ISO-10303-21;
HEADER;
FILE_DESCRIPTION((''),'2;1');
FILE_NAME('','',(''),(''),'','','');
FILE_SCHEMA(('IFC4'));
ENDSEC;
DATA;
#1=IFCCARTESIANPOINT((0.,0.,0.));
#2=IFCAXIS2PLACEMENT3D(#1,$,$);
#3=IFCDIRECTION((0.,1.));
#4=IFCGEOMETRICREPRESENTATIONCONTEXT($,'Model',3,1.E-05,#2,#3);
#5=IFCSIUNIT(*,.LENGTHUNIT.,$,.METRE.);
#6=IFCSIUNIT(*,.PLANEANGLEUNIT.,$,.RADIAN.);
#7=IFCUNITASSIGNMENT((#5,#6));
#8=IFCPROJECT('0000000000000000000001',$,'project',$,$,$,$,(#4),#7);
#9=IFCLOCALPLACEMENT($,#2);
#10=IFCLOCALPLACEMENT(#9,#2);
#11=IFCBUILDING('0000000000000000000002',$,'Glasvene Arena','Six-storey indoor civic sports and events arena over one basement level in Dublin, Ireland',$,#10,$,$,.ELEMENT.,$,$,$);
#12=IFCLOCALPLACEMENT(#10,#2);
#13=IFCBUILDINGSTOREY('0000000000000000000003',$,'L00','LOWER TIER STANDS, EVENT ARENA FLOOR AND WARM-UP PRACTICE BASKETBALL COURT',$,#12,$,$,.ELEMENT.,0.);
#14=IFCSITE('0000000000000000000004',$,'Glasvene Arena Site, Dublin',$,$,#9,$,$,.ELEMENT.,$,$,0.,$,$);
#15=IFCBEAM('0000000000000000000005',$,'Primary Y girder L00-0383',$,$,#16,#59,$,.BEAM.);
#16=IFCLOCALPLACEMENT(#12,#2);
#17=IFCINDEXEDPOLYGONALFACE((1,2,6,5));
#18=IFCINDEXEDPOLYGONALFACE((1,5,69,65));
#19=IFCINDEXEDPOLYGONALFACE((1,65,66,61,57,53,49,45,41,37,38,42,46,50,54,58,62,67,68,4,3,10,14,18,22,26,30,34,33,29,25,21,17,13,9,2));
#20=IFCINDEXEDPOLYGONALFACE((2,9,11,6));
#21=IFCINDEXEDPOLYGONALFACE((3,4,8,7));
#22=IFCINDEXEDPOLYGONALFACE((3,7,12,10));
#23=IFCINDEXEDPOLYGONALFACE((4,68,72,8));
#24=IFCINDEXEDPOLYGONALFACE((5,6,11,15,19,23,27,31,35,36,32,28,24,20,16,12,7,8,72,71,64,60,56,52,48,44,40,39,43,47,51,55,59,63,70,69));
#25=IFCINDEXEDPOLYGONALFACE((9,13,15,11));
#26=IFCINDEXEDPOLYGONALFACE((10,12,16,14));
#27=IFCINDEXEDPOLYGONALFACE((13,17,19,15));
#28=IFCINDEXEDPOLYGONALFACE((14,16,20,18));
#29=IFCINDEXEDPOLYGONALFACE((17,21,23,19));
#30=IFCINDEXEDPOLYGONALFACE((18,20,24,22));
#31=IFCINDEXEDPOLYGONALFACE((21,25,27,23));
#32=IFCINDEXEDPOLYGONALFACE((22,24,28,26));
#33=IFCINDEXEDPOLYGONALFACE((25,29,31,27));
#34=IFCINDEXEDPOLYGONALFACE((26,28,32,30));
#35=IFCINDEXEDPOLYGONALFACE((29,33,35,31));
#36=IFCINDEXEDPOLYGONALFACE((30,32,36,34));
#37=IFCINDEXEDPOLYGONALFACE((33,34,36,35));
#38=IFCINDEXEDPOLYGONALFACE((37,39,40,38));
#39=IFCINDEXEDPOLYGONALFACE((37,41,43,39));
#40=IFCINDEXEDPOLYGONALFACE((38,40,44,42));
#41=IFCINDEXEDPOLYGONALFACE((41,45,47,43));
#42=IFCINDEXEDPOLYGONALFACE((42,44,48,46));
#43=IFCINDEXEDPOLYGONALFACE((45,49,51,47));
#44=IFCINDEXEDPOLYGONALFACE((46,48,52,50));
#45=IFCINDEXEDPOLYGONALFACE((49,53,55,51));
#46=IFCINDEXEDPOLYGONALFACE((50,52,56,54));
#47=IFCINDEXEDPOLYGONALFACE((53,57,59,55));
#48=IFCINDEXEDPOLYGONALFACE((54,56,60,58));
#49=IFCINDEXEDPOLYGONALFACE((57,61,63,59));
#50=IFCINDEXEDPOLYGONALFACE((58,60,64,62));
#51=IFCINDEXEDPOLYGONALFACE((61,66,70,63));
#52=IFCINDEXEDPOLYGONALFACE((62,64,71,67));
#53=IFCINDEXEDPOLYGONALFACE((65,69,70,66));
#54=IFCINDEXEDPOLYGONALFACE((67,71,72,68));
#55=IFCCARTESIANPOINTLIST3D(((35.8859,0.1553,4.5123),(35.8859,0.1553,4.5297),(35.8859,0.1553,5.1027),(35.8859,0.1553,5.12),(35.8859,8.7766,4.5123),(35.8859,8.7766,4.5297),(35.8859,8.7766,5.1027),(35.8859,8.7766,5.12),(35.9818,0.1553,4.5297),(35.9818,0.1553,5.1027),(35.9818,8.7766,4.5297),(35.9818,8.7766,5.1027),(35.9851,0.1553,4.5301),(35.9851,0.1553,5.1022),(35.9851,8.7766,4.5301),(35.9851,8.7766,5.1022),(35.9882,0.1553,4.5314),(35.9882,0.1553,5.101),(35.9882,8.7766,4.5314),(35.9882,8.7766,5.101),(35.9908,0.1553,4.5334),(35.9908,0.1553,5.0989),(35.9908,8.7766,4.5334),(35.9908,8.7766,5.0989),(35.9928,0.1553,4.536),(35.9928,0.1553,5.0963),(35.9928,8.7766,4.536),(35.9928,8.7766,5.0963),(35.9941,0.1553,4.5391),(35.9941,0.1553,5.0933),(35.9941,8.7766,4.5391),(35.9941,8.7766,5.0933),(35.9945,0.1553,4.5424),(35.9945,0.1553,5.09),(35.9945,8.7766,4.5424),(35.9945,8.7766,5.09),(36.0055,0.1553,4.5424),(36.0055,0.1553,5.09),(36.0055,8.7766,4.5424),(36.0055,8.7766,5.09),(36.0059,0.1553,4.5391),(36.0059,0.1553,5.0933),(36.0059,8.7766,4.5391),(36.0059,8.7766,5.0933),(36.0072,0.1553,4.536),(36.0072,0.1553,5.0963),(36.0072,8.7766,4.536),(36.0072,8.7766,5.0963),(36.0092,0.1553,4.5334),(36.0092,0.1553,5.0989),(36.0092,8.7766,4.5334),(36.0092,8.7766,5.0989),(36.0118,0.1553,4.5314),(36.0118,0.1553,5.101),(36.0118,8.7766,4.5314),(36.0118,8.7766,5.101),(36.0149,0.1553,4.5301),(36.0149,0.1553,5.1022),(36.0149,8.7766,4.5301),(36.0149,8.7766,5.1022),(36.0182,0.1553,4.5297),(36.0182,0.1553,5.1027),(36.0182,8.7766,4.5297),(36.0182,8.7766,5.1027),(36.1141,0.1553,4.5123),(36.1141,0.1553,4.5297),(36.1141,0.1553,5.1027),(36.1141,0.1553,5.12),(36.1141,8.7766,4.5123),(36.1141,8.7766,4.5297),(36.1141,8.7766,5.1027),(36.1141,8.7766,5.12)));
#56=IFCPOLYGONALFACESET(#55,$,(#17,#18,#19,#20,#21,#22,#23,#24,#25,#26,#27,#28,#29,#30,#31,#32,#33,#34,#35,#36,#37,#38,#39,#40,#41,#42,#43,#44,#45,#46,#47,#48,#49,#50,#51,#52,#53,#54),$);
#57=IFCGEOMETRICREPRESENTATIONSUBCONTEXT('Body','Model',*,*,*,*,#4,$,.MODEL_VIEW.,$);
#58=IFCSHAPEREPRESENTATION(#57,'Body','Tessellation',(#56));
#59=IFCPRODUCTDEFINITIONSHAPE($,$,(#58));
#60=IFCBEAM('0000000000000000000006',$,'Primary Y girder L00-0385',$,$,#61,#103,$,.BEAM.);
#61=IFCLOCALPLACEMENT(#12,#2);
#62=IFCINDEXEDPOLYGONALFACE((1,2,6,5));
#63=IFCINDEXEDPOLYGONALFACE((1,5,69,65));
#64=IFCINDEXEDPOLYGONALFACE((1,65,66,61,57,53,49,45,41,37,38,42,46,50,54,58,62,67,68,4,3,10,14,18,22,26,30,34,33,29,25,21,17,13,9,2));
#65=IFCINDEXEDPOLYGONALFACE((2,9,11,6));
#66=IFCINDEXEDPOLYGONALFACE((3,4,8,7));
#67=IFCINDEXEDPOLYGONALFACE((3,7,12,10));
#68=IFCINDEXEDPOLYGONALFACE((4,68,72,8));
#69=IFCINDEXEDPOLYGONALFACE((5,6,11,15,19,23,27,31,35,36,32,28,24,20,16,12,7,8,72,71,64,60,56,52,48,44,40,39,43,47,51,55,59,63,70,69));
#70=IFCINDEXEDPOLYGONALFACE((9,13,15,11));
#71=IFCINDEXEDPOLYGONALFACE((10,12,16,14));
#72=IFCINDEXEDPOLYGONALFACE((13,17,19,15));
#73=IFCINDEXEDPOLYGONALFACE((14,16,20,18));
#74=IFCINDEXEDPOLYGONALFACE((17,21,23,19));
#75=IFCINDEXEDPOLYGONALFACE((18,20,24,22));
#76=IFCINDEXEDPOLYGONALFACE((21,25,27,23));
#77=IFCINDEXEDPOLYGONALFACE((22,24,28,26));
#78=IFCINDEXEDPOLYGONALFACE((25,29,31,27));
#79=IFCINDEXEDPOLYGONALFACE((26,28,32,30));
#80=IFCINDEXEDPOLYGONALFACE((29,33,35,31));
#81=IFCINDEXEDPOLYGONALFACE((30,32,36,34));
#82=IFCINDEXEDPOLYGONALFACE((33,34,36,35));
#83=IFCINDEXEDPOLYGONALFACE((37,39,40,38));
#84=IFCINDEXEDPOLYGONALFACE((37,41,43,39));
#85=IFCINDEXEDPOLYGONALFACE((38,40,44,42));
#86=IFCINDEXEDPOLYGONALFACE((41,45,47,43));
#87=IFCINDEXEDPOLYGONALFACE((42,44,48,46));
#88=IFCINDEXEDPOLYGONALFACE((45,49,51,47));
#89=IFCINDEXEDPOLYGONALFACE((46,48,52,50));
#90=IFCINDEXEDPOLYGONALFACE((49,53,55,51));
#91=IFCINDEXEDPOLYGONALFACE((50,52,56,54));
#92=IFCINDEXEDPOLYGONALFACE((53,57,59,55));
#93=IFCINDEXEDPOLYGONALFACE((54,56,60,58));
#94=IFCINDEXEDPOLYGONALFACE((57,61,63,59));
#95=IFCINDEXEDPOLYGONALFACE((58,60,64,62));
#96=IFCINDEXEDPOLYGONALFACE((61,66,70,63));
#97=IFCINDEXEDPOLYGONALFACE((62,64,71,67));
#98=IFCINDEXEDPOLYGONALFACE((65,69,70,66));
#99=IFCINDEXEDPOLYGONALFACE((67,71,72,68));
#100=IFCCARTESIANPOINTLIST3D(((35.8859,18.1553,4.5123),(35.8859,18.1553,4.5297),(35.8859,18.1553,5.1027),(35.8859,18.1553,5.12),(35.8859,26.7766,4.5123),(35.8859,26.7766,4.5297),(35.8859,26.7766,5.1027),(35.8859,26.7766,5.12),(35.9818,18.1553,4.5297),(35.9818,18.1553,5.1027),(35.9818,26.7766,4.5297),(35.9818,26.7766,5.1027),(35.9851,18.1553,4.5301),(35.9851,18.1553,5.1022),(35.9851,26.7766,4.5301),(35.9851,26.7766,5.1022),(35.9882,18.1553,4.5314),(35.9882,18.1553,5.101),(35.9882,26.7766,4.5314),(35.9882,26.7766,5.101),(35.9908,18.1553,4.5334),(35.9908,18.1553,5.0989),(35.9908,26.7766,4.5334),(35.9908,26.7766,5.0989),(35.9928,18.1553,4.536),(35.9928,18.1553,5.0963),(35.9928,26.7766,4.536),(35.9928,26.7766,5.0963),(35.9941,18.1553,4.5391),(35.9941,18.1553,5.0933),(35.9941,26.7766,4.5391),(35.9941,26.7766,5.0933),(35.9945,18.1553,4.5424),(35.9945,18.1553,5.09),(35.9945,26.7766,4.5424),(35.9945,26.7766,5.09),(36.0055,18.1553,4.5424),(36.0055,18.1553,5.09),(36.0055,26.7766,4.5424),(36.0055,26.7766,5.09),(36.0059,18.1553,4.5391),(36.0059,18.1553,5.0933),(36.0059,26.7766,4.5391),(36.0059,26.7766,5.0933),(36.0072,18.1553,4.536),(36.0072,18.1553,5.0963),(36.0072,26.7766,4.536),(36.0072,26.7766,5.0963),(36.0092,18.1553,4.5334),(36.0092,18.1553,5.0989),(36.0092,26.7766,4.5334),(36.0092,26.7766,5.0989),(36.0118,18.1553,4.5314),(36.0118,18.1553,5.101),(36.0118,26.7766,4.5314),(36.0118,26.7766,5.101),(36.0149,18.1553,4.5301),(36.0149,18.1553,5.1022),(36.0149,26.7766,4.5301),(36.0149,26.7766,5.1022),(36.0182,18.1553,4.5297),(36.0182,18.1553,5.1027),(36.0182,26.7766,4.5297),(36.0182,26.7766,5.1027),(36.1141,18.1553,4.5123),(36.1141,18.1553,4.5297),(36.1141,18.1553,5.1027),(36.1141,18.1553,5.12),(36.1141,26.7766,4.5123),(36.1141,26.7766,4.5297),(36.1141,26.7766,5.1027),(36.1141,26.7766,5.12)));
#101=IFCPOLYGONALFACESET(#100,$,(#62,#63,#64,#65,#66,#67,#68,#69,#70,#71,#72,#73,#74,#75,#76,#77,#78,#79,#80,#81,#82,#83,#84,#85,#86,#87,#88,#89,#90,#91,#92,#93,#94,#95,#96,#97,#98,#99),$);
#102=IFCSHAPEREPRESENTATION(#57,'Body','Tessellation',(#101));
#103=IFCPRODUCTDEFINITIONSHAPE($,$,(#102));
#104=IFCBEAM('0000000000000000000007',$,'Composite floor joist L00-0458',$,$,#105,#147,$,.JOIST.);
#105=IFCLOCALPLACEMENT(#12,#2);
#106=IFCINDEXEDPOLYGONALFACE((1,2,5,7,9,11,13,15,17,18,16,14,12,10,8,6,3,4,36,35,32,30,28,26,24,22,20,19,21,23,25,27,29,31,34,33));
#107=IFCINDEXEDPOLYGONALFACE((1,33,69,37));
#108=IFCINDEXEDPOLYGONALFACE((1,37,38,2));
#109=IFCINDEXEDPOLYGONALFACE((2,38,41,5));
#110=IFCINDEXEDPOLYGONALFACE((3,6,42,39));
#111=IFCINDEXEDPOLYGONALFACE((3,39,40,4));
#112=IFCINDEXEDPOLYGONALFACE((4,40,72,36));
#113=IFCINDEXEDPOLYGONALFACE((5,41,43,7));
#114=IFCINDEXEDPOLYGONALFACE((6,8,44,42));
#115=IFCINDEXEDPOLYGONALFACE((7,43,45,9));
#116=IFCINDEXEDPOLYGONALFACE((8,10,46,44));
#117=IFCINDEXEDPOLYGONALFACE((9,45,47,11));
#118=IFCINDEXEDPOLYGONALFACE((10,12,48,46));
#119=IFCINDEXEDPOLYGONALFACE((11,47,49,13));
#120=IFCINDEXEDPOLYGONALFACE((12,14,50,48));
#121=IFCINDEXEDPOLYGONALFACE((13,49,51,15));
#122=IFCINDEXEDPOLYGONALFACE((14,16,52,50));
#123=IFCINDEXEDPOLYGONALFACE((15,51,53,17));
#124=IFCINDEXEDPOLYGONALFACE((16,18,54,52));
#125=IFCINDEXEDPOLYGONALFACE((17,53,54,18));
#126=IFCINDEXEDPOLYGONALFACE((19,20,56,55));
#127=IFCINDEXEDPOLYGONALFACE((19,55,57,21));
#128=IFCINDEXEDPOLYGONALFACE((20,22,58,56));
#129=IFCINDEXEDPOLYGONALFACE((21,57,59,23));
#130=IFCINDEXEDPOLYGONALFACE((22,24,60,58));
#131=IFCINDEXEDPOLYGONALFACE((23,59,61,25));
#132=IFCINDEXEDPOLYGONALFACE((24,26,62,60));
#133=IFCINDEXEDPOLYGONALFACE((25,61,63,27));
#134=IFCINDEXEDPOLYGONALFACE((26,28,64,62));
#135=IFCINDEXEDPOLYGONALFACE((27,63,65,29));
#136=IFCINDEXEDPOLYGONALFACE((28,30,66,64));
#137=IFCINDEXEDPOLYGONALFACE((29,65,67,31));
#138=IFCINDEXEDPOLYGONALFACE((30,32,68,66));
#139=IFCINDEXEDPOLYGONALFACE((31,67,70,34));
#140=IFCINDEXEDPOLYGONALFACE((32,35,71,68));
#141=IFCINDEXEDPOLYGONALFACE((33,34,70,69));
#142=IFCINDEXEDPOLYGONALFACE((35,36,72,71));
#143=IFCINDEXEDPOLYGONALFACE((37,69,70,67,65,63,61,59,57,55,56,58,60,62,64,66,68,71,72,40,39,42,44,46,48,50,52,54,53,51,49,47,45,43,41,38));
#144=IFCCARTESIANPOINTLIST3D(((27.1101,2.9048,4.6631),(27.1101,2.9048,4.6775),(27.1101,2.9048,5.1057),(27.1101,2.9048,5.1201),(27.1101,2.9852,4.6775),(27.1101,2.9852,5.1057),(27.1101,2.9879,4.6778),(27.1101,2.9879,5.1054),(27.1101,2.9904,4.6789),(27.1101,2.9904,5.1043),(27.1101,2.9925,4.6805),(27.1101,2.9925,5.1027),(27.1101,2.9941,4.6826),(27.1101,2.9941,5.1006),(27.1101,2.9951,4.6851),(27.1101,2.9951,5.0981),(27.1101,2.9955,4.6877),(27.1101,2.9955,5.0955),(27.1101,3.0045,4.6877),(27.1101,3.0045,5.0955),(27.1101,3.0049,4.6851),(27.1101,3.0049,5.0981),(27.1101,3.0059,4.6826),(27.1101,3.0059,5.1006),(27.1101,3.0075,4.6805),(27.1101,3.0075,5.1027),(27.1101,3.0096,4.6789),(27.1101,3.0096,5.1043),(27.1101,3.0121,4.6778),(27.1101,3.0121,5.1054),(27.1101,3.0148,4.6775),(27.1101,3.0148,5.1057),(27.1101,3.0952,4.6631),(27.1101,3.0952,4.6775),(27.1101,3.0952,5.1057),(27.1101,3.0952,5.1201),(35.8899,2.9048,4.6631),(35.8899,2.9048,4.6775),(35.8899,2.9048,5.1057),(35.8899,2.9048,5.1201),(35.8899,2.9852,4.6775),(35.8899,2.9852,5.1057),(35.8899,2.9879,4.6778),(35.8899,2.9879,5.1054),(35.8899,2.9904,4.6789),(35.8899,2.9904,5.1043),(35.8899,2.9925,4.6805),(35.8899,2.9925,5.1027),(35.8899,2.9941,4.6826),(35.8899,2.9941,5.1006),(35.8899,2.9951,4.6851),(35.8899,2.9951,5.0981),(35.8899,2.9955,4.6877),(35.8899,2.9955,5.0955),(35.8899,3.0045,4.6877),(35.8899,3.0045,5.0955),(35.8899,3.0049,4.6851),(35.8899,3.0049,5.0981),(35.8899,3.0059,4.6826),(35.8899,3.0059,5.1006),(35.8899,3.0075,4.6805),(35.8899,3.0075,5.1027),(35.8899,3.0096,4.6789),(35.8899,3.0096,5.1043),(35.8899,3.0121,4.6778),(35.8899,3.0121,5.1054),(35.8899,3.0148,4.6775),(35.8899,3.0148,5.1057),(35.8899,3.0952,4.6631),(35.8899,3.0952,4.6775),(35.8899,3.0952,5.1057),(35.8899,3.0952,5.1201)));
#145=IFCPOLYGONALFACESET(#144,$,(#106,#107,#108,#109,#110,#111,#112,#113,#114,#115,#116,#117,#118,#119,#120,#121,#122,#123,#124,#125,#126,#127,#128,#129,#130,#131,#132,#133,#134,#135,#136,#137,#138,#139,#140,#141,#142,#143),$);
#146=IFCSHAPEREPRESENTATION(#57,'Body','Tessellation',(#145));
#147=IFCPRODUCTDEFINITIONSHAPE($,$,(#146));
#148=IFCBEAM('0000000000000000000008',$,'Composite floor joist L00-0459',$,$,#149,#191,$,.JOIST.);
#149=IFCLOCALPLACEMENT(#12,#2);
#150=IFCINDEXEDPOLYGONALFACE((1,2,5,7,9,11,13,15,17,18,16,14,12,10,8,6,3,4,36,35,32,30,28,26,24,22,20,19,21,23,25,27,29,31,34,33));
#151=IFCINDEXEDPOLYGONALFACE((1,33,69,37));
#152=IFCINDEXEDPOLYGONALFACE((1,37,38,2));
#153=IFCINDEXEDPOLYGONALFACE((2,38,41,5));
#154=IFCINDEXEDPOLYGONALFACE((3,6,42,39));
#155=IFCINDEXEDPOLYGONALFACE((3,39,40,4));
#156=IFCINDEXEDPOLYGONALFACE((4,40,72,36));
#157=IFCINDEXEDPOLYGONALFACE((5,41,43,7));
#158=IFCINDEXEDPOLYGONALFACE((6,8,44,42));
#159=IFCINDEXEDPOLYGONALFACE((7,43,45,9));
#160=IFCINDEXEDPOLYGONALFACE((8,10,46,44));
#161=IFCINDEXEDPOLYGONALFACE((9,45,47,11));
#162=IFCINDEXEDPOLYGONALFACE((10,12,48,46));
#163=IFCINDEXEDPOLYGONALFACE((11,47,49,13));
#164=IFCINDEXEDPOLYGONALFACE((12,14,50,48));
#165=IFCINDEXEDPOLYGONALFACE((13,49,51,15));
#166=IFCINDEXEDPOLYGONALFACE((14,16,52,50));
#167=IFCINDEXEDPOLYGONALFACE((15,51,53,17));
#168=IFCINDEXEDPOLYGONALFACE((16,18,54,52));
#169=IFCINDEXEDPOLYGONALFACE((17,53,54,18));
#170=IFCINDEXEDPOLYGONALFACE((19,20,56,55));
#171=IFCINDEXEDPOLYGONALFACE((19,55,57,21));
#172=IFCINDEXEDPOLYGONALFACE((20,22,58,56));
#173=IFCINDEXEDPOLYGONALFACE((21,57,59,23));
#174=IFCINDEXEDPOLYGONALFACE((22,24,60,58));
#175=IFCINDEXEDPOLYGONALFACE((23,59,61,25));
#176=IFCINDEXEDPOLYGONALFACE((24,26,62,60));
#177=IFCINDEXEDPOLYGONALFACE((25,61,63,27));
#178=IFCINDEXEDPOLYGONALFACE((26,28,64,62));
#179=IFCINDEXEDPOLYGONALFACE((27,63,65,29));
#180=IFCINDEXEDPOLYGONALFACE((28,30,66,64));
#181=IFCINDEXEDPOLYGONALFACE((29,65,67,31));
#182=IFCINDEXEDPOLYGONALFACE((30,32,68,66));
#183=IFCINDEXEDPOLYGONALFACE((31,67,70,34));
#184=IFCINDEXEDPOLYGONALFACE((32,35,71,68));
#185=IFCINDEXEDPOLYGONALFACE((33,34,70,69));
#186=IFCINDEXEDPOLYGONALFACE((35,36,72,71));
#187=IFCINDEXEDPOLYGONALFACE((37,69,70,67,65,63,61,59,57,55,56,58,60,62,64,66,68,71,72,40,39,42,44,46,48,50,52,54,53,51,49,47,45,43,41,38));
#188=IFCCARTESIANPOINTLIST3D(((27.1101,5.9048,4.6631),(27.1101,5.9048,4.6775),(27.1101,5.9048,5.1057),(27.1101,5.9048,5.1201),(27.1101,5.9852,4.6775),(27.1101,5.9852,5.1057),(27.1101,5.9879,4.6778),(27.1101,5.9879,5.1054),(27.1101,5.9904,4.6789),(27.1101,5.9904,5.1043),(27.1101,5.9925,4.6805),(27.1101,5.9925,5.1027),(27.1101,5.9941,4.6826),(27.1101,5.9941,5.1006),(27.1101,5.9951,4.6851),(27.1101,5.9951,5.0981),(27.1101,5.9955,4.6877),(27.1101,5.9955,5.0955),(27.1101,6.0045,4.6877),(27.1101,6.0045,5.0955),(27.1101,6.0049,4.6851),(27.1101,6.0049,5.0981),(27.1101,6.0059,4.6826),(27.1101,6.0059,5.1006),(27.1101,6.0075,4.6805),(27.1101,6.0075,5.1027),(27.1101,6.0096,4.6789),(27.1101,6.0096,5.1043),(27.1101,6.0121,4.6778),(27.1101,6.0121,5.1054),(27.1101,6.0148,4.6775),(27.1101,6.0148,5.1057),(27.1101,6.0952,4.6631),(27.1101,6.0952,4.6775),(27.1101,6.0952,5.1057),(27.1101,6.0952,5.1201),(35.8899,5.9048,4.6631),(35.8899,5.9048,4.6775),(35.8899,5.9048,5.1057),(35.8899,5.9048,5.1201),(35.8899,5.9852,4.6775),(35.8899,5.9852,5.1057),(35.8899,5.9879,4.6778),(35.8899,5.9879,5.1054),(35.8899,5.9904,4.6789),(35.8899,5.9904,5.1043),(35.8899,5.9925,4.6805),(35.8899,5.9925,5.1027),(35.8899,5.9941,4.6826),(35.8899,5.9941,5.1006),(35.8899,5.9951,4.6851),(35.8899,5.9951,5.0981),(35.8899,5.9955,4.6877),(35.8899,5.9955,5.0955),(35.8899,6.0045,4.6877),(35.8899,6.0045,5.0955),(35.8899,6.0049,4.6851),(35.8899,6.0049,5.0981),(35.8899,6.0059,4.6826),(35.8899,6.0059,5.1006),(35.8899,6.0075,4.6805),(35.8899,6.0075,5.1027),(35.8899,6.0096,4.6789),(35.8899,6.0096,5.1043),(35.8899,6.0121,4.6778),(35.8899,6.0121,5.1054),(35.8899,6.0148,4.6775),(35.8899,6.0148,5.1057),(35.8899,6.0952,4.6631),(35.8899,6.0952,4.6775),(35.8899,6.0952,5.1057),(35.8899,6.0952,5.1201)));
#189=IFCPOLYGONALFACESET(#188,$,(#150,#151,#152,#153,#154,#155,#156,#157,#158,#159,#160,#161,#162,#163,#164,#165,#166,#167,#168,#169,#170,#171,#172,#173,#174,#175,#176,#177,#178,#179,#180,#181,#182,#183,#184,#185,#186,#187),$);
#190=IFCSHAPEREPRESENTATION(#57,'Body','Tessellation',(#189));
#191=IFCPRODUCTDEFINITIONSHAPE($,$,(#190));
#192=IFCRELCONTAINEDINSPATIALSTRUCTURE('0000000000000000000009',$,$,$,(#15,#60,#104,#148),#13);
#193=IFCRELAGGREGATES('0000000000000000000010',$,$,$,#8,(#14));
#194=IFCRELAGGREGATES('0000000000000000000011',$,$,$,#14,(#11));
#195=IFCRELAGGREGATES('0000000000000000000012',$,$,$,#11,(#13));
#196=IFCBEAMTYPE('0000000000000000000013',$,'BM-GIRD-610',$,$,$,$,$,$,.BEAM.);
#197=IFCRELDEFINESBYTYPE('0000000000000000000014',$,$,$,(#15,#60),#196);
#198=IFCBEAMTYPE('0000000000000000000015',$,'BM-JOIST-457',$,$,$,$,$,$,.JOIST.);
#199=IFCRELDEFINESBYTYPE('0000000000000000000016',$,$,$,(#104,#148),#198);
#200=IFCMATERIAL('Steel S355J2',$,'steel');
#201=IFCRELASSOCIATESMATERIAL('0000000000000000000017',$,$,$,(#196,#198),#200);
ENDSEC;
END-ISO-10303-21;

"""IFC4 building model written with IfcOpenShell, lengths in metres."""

from ifc_helpers import new_model, si_unit, direction, frame, origin, origin_2d, place, context, subcontext, project, spatial, i_section, extrude, material, material_profile, profile_set, type_object, element, save


model = new_model("IFC4")

# Units and contexts
model_context = context("Model", 3, precision=1e-05, world=origin(), true_north=direction((0.0, 1.0)))
body_context = subcontext(model_context, "Body", "Model", "MODEL_VIEW")
ifc_project = project(units=[si_unit("LENGTHUNIT", "METRE"), si_unit("PLANEANGLEUNIT", "RADIAN")], contexts=[model_context])

# Site, building, storey
site_placement = place(None, origin())
site = spatial("IfcSite", under=ifc_project, at=site_placement, Name="Glasvene Arena Site, Dublin", CompositionType="ELEMENT", RefElevation=0.0)
building_placement = place(site_placement, origin())
building = spatial("IfcBuilding", under=site, at=building_placement, Name="Glasvene Arena", Description="Six-storey indoor civic sports and events arena over one basement level in Dublin, Ireland", CompositionType="ELEMENT")
storey_placement = place(building_placement, origin())
storey = spatial("IfcBuildingStorey", under=building, at=storey_placement, Name="L00", Description="LOWER TIER STANDS, EVENT ARENA FLOOR AND WARM-UP PRACTICE BASKETBALL COURT", CompositionType="ELEMENT", Elevation=0.0)

# Shared definitions
ifc_material_1 = material(Name="Steel S355J2", Category="steel")

# Beams
ifc_material_profile_1 = material_profile(ifc_material_1, i_section(OverallWidth=0.2283, OverallDepth=0.6077, WebThickness=0.011, FlangeThickness=0.0173, FilletRadius=0.0127, at=origin_2d()), Name="UKB 610x229x113")
ifc_profile_set_1 = profile_set([ifc_material_profile_1], Name="Steel S355J2")
beam_type_1 = type_object("IfcBeamType", Name="BM-GIRD-610", PredefinedType="BEAM", material=ifc_profile_set_1)
for number, where, z_axis, x_axis, name in (
    (1, (36.0, 0.1553, 4.8162), (0.0, 1.0, 0.0), (-1.0, 0.0, 0.0), "Primary Y girder L00-0383"),
    (2, (36.0, 18.1553, 4.8162), (0.0, 1.0, 0.0), (-1.0, 0.0, 0.0), "Primary Y girder L00-0385"),
):
    element("IfcBeam", number, at=place(storey_placement, frame(where, z_axis=z_axis, x_axis=x_axis)), inside=storey, type_object=beam_type_1, Name=name, PredefinedType="BEAM", context=body_context, shape_type="SweptSolid", body=[
        extrude(i_section(OverallWidth=0.2283, OverallDepth=0.6077, WebThickness=0.011, FlangeThickness=0.0173, FilletRadius=0.0127, at=origin_2d()), origin(), (0.0, 0.0, 1.0), 8.6213),
    ])
ifc_material_profile_2 = material_profile(ifc_material_1, i_section(OverallWidth=0.1904, OverallDepth=0.457, WebThickness=0.009, FlangeThickness=0.0144, FilletRadius=0.0103, at=origin_2d()), Name="UKB 457x191x74")
ifc_profile_set_2 = profile_set([ifc_material_profile_2], Name="Steel S355J2")
beam_type_2 = type_object("IfcBeamType", Name="BM-JOIST-457", PredefinedType="JOIST", material=ifc_profile_set_2)
for number, where, z_axis, x_axis, name in (
    (3, (27.1101, 3.0, 4.8916), (1.0, 0.0, 0.0), (0.0, 1.0, 0.0), "Composite floor joist L00-0458"),
    (4, (27.1101, 6.0, 4.8916), (1.0, 0.0, 0.0), (0.0, 1.0, 0.0), "Composite floor joist L00-0459"),
):
    element("IfcBeam", number, at=place(storey_placement, frame(where, z_axis=z_axis, x_axis=x_axis)), inside=storey, type_object=beam_type_2, Name=name, PredefinedType="JOIST", context=body_context, shape_type="SweptSolid", body=[
        extrude(i_section(OverallWidth=0.1904, OverallDepth=0.457, WebThickness=0.009, FlangeThickness=0.0144, FilletRadius=0.0103, at=origin_2d()), origin(), (0.0, 0.0, 1.0), 8.7798),
    ])

save(model, "model.ifc")
